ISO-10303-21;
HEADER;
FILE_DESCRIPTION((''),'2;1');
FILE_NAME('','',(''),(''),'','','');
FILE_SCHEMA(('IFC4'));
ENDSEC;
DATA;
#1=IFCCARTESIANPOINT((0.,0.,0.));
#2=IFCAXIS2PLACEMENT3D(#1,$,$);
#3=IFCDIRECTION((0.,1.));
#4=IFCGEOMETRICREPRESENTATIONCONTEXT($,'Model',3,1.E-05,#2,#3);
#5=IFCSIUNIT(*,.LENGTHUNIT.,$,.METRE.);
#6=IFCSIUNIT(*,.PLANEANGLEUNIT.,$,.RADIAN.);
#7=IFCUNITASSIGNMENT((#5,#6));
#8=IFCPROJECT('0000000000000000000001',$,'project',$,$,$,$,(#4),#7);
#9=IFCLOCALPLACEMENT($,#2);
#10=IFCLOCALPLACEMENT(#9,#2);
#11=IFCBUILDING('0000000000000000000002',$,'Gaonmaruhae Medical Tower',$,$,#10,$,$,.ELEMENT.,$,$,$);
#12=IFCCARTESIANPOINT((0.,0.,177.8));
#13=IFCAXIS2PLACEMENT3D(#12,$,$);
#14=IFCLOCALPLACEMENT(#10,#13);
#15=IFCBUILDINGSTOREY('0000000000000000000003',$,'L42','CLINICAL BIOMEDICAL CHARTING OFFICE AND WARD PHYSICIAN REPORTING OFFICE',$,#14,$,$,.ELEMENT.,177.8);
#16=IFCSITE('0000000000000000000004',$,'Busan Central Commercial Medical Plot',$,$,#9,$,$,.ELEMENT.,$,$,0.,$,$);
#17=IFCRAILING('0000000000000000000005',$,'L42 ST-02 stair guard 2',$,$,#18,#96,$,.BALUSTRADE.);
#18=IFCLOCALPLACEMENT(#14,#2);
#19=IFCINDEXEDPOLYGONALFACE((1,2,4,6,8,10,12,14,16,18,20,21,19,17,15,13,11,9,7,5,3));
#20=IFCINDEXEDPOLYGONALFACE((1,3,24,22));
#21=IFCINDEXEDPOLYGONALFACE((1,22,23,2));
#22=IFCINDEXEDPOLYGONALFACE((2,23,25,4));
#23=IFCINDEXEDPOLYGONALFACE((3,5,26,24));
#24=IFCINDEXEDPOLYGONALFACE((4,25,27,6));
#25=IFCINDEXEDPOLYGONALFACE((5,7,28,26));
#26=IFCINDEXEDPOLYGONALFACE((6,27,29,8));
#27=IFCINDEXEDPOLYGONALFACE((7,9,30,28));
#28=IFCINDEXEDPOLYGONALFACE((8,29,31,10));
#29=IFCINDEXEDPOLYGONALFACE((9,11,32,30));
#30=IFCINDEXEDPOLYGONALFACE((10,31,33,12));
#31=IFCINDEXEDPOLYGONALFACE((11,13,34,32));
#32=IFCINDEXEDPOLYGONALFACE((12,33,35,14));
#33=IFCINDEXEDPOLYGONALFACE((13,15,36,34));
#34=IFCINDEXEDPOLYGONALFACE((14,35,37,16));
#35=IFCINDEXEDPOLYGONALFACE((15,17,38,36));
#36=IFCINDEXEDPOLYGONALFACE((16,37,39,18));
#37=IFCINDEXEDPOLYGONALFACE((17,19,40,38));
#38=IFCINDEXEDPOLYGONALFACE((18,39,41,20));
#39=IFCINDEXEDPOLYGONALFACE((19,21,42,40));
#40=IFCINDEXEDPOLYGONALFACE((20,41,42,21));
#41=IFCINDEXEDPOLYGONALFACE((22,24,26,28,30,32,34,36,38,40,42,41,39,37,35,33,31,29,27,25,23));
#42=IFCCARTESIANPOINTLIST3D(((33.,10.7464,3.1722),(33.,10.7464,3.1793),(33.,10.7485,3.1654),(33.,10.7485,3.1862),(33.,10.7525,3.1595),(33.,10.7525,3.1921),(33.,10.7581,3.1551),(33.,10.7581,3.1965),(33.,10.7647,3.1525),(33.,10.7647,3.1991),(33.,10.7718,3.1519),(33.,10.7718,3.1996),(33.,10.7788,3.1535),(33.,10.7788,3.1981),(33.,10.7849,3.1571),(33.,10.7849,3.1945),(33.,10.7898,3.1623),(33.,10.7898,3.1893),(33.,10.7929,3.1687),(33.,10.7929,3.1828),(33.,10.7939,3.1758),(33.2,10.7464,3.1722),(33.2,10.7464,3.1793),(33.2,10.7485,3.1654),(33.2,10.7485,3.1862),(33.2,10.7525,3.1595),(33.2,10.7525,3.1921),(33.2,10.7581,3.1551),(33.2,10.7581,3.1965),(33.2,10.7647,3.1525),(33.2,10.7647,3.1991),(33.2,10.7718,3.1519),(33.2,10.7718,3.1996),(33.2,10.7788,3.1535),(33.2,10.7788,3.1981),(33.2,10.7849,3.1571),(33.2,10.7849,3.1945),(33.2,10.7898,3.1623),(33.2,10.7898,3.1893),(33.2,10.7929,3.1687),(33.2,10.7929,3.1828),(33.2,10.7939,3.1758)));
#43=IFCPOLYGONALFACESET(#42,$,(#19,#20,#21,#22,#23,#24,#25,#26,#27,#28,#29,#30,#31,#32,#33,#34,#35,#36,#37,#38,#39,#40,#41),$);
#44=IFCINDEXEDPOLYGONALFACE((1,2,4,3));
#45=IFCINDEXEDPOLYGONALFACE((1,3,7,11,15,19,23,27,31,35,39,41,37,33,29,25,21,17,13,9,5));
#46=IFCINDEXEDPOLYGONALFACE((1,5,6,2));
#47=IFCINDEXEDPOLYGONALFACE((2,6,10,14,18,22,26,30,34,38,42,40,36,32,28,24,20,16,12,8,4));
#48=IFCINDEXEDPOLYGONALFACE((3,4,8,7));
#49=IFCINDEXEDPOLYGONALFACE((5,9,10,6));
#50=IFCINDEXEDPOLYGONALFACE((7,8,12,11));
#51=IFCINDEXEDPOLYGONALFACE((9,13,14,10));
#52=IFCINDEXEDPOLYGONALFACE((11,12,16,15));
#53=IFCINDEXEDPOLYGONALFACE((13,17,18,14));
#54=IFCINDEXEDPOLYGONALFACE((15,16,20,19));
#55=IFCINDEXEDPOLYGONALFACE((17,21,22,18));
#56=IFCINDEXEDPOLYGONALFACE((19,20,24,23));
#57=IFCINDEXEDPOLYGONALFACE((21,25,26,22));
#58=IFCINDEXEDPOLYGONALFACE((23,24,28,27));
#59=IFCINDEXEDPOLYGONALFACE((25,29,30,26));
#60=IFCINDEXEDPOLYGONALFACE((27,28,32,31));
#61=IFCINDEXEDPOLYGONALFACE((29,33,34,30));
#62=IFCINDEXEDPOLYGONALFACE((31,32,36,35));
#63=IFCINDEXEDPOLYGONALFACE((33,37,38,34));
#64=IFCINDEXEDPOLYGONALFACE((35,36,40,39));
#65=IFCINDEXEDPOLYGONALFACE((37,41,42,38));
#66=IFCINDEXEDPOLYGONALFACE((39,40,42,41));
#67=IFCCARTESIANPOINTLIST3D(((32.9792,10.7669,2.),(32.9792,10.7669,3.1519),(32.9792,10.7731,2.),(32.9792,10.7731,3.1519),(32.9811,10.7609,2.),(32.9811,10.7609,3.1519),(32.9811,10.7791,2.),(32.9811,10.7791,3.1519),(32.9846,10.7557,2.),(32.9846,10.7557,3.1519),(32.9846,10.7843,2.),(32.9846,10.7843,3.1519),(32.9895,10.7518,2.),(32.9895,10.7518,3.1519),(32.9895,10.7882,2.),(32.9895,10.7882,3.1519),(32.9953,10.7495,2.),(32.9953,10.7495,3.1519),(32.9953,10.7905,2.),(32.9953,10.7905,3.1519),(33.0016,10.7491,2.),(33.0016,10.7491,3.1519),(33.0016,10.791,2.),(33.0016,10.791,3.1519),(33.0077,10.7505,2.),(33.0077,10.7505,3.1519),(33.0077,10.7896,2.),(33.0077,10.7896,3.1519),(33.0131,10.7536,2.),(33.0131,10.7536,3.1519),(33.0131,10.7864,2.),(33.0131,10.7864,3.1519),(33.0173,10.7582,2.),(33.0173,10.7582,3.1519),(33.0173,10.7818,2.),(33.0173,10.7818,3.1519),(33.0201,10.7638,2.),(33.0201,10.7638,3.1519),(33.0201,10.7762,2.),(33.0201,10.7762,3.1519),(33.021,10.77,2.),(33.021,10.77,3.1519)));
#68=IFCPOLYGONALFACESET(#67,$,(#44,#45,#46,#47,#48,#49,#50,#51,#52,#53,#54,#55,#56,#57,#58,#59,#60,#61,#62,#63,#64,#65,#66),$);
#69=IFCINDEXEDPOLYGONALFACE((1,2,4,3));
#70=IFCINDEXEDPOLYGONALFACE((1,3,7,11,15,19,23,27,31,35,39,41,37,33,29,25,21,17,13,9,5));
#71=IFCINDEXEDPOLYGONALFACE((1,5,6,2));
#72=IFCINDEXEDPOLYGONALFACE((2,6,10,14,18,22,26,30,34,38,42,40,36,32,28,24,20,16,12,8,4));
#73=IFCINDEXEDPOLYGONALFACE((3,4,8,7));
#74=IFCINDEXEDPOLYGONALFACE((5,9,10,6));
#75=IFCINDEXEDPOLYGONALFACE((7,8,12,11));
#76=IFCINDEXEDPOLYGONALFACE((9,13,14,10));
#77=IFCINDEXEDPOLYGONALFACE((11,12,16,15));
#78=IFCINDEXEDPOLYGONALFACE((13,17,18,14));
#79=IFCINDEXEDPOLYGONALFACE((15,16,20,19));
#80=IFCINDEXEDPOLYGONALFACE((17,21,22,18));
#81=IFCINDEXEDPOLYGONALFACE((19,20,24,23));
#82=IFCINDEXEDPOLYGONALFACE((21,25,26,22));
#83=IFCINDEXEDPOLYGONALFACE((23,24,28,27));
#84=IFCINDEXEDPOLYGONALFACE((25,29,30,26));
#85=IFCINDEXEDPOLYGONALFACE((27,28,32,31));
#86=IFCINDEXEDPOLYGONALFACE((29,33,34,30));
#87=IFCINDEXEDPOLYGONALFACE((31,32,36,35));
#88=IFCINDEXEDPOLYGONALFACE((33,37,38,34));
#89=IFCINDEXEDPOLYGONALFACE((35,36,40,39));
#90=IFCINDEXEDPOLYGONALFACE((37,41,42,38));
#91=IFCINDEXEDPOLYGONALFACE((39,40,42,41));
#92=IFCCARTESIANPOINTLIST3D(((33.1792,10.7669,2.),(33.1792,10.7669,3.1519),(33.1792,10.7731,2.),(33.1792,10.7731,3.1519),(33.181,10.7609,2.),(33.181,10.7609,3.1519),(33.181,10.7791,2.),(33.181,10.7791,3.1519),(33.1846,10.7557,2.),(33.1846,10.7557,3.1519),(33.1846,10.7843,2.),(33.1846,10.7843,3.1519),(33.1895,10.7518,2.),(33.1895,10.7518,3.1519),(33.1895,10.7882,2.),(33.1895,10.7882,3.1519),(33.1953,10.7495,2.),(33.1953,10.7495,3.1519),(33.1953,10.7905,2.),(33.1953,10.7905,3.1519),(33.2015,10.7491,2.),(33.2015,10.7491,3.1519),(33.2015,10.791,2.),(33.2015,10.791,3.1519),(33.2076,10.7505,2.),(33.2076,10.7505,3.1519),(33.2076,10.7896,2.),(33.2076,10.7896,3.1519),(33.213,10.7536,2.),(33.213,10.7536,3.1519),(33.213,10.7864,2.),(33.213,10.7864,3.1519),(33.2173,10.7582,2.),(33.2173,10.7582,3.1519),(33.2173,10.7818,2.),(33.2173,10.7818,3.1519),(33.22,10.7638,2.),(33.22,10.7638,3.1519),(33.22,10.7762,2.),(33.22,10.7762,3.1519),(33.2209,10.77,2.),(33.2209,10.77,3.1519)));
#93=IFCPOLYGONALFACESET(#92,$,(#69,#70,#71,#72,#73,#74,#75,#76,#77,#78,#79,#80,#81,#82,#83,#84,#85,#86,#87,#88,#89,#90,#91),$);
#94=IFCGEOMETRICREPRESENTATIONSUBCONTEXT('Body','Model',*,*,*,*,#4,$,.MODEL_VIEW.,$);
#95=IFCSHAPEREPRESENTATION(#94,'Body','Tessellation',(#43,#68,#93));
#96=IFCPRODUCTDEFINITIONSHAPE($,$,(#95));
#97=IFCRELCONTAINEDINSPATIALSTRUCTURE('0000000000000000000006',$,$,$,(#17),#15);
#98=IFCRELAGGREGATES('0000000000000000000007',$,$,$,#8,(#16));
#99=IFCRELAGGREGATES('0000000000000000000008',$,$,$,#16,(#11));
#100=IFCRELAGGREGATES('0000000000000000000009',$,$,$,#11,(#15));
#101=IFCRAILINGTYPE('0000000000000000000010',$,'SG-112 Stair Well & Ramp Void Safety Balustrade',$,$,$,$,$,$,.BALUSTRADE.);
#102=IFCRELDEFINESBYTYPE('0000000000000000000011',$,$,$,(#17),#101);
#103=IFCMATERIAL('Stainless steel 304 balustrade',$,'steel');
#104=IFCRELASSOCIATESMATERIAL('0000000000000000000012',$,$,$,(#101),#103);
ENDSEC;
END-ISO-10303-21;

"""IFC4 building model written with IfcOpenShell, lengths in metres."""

from ifc_helpers import new_model, si_unit, direction, frame, origin, origin_2d, place, context, subcontext, project, spatial, circle, extrude, material, type_object, element, save


model = new_model("IFC4")

# Units and contexts
model_context = context("Model", 3, precision=1e-05, world=origin(), true_north=direction((0.0, 1.0)))
body_context = subcontext(model_context, "Body", "Model", "MODEL_VIEW")
ifc_project = project(units=[si_unit("LENGTHUNIT", "METRE"), si_unit("PLANEANGLEUNIT", "RADIAN")], contexts=[model_context])

# Site, building, storey
site_placement = place(None, origin())
site = spatial("IfcSite", under=ifc_project, at=site_placement, Name="Busan Central Commercial Medical Plot", CompositionType="ELEMENT", RefElevation=0.0)
building_placement = place(site_placement, origin())
building = spatial("IfcBuilding", under=site, at=building_placement, Name="Gaonmaruhae Medical Tower", CompositionType="ELEMENT")
storey_placement = place(building_placement, frame((0.0, 0.0, 177.8)))
storey = spatial("IfcBuildingStorey", under=building, at=storey_placement, Name="L42", Description="CLINICAL BIOMEDICAL CHARTING OFFICE AND WARD PHYSICIAN REPORTING OFFICE", CompositionType="ELEMENT", Elevation=177.8)

# Railing
ifc_material_1 = material(Name="Stainless steel 304 balustrade", Category="steel")
railing_type_1 = type_object("IfcRailingType", Name="SG-112 Stair Well & Ramp Void Safety Balustrade", PredefinedType="BALUSTRADE", material=ifc_material_1)
railing_1_placement = place(storey_placement, frame((33.0, 10.77, 2.0)))
element("IfcRailing", 1, at=railing_1_placement, inside=storey, type_object=railing_type_1, Name="L42 ST-02 stair guard 2", PredefinedType="BALUSTRADE", context=body_context, shape_type="SweptSolid", body=[
    extrude(circle(Radius=0.0239, at=origin_2d()), frame((0.0, 0.0, 1.1758), z_axis=(1.0, 0.0, 0.0), x_axis=(0.0, 1.0, 0.0)), (0.0, 0.0, 1.0), 0.2),
    extrude(circle(Radius=0.021, at=origin_2d()), origin(), (0.0, 0.0, 1.0), 1.1519),
    extrude(circle(Radius=0.021, at=origin_2d()), frame((0.2, 0.0, 0.0)), (0.0, 0.0, 1.0), 1.1519),
])

save(model, "model.ifc")
